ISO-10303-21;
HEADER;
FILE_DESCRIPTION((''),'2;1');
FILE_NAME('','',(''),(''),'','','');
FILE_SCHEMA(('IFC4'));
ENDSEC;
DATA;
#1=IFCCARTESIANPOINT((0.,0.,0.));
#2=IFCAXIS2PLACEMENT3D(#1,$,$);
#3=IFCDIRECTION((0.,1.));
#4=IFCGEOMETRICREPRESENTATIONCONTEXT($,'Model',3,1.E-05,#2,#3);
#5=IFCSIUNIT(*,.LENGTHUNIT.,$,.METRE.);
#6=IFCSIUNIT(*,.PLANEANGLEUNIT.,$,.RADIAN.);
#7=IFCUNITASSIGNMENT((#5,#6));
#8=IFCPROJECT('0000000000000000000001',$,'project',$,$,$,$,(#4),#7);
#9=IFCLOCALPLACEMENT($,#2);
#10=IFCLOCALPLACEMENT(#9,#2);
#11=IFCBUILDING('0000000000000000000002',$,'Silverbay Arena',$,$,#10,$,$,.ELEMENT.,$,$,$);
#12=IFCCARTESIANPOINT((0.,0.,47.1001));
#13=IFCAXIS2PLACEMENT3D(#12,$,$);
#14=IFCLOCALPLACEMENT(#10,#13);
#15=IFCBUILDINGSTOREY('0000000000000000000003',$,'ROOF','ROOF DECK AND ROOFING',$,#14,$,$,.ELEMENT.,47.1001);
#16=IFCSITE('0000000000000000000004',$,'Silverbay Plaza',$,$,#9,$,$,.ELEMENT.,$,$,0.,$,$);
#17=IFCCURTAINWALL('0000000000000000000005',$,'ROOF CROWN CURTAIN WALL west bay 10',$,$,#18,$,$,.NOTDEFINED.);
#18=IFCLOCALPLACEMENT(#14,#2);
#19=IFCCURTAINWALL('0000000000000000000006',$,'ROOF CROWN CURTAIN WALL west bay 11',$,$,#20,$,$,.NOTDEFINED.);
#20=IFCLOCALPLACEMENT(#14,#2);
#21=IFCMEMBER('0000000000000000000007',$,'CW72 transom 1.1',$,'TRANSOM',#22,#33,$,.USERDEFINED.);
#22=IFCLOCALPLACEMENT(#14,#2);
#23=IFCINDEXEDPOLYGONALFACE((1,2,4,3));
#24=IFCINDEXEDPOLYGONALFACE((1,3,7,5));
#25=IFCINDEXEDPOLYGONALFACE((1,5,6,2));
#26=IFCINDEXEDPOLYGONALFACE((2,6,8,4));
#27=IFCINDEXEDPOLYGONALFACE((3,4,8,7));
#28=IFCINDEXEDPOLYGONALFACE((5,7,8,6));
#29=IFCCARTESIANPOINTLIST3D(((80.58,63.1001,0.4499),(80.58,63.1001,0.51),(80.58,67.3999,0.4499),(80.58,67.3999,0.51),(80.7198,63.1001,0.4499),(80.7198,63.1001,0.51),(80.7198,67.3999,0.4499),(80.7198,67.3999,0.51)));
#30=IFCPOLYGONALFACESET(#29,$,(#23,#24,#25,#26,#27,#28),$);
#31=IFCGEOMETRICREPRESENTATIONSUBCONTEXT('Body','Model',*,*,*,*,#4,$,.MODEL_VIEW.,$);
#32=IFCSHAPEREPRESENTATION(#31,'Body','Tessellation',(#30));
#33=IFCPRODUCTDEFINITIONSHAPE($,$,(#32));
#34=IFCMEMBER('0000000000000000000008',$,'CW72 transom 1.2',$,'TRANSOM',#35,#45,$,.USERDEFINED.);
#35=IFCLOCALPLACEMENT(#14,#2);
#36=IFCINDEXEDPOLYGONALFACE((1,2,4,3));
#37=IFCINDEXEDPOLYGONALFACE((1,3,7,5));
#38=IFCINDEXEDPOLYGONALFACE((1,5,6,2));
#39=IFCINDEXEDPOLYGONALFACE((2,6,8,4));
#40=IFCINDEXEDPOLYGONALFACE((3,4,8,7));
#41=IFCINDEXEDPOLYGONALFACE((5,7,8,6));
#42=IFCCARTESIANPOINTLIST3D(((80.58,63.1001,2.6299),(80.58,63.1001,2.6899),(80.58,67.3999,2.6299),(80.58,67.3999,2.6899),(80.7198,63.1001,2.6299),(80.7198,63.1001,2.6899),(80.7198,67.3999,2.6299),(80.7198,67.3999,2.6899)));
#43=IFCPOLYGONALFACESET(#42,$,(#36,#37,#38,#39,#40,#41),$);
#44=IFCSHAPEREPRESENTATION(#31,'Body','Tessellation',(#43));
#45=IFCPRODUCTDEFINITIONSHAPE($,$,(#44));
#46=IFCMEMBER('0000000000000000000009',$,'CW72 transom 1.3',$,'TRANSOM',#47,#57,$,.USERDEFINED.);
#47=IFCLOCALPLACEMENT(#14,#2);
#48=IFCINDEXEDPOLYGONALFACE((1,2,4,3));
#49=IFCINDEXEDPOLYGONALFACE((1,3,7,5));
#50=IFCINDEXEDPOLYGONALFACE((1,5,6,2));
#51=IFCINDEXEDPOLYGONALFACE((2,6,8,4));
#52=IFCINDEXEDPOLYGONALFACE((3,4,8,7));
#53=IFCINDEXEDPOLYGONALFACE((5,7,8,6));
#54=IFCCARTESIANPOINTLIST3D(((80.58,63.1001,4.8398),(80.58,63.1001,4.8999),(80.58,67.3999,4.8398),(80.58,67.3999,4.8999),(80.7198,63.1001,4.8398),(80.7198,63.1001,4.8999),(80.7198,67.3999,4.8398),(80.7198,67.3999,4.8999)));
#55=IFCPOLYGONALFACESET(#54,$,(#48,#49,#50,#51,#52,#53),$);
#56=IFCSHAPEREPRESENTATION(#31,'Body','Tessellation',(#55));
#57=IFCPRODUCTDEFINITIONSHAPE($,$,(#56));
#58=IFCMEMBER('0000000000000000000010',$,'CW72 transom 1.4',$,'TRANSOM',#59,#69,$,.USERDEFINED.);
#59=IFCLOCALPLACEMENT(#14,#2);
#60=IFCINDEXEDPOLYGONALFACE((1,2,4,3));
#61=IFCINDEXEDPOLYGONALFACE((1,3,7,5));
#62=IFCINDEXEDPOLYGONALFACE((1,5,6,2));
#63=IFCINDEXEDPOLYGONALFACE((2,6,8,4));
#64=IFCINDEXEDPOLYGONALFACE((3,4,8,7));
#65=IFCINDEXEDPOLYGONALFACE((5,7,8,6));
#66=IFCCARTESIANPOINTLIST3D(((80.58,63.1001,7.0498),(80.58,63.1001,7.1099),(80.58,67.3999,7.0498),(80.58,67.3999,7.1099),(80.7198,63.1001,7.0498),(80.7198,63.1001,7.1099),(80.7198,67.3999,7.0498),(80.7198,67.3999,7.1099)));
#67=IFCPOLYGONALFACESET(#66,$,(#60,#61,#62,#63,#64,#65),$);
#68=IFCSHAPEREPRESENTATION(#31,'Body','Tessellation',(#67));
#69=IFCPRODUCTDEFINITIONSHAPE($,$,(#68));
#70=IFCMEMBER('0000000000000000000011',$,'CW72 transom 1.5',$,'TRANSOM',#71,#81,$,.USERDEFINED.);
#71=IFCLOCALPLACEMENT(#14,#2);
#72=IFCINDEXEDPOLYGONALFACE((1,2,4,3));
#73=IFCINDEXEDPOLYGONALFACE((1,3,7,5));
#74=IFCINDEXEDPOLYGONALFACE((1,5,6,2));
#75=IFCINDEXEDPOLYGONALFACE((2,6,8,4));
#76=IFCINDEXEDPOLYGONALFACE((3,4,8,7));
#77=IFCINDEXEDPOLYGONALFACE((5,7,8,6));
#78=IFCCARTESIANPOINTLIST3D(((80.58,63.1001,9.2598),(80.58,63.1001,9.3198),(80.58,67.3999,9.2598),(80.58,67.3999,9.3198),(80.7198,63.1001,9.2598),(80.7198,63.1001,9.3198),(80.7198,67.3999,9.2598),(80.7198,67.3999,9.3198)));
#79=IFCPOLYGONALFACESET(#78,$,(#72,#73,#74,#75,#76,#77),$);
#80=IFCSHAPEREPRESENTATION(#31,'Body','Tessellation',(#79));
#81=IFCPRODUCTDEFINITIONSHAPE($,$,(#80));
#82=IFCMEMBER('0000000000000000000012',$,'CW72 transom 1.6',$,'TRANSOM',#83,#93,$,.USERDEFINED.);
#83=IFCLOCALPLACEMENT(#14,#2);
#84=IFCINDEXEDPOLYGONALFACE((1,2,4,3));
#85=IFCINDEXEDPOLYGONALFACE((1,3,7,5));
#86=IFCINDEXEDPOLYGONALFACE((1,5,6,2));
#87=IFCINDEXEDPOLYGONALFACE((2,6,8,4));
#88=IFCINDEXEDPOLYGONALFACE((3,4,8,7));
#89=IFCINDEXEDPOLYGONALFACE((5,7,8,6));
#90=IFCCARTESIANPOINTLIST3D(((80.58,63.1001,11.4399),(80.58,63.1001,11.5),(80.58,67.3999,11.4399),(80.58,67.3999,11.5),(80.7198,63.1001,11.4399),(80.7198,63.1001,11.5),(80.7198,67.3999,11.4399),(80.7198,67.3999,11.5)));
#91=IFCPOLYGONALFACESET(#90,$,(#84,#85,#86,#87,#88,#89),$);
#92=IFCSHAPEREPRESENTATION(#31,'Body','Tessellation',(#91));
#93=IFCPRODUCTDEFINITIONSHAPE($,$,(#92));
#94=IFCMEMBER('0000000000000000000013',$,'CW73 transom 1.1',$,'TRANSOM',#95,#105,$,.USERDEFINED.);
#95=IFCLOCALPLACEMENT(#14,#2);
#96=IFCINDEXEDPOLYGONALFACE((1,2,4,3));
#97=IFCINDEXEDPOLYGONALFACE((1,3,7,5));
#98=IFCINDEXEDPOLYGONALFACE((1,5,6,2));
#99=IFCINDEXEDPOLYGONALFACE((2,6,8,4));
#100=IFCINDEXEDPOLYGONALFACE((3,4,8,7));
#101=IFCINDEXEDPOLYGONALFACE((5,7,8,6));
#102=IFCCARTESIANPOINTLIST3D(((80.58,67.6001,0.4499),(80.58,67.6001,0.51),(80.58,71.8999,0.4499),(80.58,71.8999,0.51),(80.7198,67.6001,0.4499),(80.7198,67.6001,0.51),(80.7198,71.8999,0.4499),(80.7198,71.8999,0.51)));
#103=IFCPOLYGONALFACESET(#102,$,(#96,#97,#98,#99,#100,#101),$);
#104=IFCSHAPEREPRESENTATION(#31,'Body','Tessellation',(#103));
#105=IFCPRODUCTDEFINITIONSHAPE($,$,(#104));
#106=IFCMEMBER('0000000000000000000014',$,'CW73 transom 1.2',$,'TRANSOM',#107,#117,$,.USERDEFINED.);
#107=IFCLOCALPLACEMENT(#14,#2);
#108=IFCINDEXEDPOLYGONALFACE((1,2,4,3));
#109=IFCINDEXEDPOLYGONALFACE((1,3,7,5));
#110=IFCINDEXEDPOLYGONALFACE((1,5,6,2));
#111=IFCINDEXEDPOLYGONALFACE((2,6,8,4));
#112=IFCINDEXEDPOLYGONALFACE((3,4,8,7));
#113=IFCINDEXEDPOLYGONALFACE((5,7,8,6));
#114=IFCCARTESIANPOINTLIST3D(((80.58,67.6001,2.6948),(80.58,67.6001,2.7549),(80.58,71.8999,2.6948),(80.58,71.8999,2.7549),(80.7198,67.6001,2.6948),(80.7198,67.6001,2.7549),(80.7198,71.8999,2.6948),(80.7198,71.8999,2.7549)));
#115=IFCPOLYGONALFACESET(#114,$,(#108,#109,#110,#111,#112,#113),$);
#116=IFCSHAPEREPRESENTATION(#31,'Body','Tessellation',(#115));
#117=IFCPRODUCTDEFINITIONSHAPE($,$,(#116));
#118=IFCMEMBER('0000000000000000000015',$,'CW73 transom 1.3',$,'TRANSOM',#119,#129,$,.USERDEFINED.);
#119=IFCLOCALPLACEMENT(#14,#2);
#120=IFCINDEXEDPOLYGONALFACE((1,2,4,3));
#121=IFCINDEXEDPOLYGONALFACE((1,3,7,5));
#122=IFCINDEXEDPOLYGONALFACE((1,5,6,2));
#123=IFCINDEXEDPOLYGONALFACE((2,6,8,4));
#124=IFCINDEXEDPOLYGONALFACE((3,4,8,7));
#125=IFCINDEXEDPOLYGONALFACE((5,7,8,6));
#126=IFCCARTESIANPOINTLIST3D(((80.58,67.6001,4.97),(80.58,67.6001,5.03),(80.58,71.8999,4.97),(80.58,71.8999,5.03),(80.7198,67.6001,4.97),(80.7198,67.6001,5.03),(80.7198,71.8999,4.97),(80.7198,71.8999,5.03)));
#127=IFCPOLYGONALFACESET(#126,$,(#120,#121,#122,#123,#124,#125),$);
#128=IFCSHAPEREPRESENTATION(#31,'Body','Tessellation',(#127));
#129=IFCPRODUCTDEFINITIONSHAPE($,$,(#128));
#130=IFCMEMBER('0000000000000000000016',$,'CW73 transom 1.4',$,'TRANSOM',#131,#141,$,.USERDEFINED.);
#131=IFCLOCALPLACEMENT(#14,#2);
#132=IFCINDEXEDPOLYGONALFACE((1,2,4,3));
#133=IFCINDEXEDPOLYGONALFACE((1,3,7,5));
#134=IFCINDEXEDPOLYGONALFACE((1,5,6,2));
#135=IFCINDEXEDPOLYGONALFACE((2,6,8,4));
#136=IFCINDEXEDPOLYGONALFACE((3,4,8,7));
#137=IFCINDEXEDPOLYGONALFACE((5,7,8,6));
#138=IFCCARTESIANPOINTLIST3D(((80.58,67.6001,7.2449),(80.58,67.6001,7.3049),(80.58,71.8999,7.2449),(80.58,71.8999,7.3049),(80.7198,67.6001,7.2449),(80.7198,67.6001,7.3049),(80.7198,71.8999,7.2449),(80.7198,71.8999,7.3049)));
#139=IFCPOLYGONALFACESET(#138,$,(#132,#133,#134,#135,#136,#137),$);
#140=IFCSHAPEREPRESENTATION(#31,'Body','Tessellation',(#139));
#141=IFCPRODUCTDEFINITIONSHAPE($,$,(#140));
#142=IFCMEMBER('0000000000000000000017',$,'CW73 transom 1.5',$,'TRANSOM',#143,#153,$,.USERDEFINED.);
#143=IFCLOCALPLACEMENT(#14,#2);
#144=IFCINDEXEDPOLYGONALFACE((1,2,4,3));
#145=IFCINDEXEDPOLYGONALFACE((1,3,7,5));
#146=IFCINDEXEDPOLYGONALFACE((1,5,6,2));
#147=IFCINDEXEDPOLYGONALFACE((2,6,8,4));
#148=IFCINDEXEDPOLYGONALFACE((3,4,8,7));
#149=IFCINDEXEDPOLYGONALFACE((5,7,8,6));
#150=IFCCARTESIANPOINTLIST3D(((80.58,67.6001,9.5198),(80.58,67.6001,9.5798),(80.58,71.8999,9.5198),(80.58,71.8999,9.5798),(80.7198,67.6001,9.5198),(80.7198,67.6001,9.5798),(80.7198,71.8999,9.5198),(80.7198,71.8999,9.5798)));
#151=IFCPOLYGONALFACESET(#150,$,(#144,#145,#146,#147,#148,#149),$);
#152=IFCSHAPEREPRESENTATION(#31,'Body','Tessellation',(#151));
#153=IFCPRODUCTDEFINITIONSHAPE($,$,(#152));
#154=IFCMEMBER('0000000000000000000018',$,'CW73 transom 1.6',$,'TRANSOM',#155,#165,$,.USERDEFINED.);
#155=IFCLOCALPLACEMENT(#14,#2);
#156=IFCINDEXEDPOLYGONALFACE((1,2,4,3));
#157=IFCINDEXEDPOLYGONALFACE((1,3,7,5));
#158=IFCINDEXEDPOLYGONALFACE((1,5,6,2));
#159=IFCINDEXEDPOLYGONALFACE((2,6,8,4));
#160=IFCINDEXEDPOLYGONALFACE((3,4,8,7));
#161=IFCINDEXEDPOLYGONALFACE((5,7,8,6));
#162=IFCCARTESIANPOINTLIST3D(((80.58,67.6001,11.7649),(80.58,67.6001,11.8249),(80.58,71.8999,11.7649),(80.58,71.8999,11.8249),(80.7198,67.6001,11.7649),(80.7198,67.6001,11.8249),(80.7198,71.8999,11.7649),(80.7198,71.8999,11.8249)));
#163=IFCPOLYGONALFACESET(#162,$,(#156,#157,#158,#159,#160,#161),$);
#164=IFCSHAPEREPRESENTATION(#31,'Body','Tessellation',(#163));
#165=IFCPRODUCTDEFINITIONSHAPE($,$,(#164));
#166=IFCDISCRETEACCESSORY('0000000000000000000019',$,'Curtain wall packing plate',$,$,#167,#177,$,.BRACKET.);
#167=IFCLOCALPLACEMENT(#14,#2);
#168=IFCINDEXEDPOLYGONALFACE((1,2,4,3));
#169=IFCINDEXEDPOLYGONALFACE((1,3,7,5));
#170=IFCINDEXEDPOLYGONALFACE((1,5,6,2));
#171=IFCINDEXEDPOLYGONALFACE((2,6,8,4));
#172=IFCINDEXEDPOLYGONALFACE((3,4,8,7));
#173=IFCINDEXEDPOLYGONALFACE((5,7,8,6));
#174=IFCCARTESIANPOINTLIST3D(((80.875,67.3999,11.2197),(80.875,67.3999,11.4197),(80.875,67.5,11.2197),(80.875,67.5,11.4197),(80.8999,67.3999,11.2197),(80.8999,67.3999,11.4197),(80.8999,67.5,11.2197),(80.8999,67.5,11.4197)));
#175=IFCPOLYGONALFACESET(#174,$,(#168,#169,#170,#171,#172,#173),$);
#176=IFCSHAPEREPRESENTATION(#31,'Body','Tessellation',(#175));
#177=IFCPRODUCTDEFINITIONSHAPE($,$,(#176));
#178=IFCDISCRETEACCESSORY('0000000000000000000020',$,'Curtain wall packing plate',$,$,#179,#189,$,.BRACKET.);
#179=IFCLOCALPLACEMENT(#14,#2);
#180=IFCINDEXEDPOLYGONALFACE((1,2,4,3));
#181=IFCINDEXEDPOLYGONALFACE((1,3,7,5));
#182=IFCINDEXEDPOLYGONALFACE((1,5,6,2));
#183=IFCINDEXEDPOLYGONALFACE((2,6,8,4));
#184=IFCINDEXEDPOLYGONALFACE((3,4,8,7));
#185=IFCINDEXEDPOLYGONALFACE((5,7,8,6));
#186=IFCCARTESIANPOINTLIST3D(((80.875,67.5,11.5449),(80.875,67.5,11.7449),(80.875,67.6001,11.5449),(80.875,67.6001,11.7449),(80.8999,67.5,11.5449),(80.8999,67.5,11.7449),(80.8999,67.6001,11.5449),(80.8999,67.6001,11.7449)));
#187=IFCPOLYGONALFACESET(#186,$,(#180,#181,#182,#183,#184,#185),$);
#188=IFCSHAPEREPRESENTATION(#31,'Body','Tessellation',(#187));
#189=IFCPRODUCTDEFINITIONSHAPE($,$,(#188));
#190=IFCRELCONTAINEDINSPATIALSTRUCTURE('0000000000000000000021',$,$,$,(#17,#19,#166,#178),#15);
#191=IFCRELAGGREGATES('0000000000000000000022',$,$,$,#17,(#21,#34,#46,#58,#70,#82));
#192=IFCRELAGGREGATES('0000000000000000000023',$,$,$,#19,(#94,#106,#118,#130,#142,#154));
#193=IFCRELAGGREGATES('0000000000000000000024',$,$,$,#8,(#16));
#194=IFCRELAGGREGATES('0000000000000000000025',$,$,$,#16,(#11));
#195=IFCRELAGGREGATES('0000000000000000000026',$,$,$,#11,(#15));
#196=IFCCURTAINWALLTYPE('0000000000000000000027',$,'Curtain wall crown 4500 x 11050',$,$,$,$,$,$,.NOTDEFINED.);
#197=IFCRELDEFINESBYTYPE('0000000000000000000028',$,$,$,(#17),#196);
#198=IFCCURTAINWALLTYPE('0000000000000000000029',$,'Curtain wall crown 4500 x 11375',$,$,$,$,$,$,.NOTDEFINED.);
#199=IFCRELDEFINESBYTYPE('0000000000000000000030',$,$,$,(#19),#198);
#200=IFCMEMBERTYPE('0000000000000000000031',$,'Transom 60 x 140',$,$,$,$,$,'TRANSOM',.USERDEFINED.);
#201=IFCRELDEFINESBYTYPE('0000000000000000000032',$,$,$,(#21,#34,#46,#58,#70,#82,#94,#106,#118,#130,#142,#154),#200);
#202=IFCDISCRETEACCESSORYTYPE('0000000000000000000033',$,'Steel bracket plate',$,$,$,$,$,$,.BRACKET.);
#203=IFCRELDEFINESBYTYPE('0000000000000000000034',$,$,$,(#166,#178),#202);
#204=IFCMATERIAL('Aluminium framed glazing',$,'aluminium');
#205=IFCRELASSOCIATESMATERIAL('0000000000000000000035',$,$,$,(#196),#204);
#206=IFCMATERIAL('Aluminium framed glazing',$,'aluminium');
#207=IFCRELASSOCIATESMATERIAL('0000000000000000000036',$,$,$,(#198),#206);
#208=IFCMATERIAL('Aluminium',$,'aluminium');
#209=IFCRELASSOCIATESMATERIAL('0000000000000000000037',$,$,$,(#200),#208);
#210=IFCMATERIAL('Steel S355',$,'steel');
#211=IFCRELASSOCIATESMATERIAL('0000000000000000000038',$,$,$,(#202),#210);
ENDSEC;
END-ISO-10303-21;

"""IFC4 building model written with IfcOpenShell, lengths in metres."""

from ifc_helpers import new_model, si_unit, direction, frame, origin, origin_2d, place, context, subcontext, project, spatial, rectangle, extrude, material, material_profile, profile_set, type_object, element, aggregate, save


model = new_model("IFC4")

# Units and contexts
model_context = context("Model", 3, precision=1e-05, world=origin(), true_north=direction((0.0, 1.0)))
body_context = subcontext(model_context, "Body", "Model", "MODEL_VIEW")
ifc_project = project(units=[si_unit("LENGTHUNIT", "METRE"), si_unit("PLANEANGLEUNIT", "RADIAN")], contexts=[model_context])

# Site, building, storey
site_placement = place(None, origin())
site = spatial("IfcSite", under=ifc_project, at=site_placement, Name="Silverbay Plaza", CompositionType="ELEMENT", RefElevation=0.0)
building_placement = place(site_placement, origin())
building = spatial("IfcBuilding", under=site, at=building_placement, Name="Silverbay Arena", CompositionType="ELEMENT")
storey_placement = place(building_placement, frame((0.0, 0.0, 47.1001)))
storey = spatial("IfcBuildingStorey", under=building, at=storey_placement, Name="ROOF", Description="ROOF DECK AND ROOFING", CompositionType="ELEMENT", Elevation=47.1001)

# Shared definitions
placement = place(building_placement, frame((0.0, 0.0, 33.5)))

# Curtain walls
ifc_material_1 = material(Name="Aluminium framed glazing", Category="aluminium")
curtain_wall_type_1 = type_object("IfcCurtainWallType", Name="Curtain wall crown 4500 x 11050", PredefinedType="NOTDEFINED", material=ifc_material_1)
curtain_wall_1_placement = place(storey_placement, origin())
curtain_wall_1 = element("IfcCurtainWall", 1, at=curtain_wall_1_placement, inside=storey, type_object=curtain_wall_type_1, Name="ROOF CROWN CURTAIN WALL west bay 10", PredefinedType="NOTDEFINED")
ifc_material_2 = material(Name="Aluminium framed glazing", Category="aluminium")
curtain_wall_type_2 = type_object("IfcCurtainWallType", Name="Curtain wall crown 4500 x 11375", PredefinedType="NOTDEFINED", material=ifc_material_2)
curtain_wall_2_placement = place(storey_placement, origin())
curtain_wall_2 = element("IfcCurtainWall", 2, at=curtain_wall_2_placement, inside=storey, type_object=curtain_wall_type_2, Name="ROOF CROWN CURTAIN WALL west bay 11", PredefinedType="NOTDEFINED")

# Members
ifc_material_3 = material(Name="Aluminium", Category="aluminium")
ifc_material_profile_1 = material_profile(ifc_material_3, rectangle(XDim=0.1399, YDim=0.0601, at=origin_2d()), Name="Transom 60 x 140")
ifc_profile_set_1 = profile_set([ifc_material_profile_1], Name="Aluminium")
member_type_1 = type_object("IfcMemberType", Name="Transom 60 x 140", ElementType="TRANSOM", PredefinedType="USERDEFINED", material=ifc_profile_set_1)
member_1_placement = place(placement, frame((80.6499, 63.1001, 14.0801), z_axis=(0.0, 1.0, 0.0), x_axis=(-1.0, 0.0, 0.0)))
member_1 = element("IfcMember", 3, at=member_1_placement, type_object=member_type_1, Name="CW72 transom 1.1", ObjectType="TRANSOM", PredefinedType="USERDEFINED", context=body_context, shape_type="SweptSolid", body=[
    extrude(rectangle(XDim=0.1399, YDim=0.0601, at=origin_2d()), origin(), (0.0, 0.0, 1.0), 4.2998),
])
member_2_placement = place(placement, frame((80.6499, 63.1001, 16.26), z_axis=(0.0, 1.0, 0.0), x_axis=(-1.0, 0.0, 0.0)))
member_2 = element("IfcMember", 4, at=member_2_placement, type_object=member_type_1, Name="CW72 transom 1.2", ObjectType="TRANSOM", PredefinedType="USERDEFINED", context=body_context, shape_type="SweptSolid", body=[
    extrude(rectangle(XDim=0.1399, YDim=0.0601, at=origin_2d()), origin(), (0.0, 0.0, 1.0), 4.2998),
])
member_3_placement = place(placement, frame((80.6499, 63.1001, 18.47), z_axis=(0.0, 1.0, 0.0), x_axis=(-1.0, 0.0, 0.0)))
member_3 = element("IfcMember", 5, at=member_3_placement, type_object=member_type_1, Name="CW72 transom 1.3", ObjectType="TRANSOM", PredefinedType="USERDEFINED", context=body_context, shape_type="SweptSolid", body=[
    extrude(rectangle(XDim=0.1399, YDim=0.0601, at=origin_2d()), origin(), (0.0, 0.0, 1.0), 4.2998),
])
member_4_placement = place(placement, frame((80.6499, 63.1001, 20.6799), z_axis=(0.0, 1.0, 0.0), x_axis=(-1.0, 0.0, 0.0)))
member_4 = element("IfcMember", 6, at=member_4_placement, type_object=member_type_1, Name="CW72 transom 1.4", ObjectType="TRANSOM", PredefinedType="USERDEFINED", context=body_context, shape_type="SweptSolid", body=[
    extrude(rectangle(XDim=0.1399, YDim=0.0601, at=origin_2d()), origin(), (0.0, 0.0, 1.0), 4.2998),
])
member_5_placement = place(placement, frame((80.6499, 63.1001, 22.8899), z_axis=(0.0, 1.0, 0.0), x_axis=(-1.0, 0.0, 0.0)))
member_5 = element("IfcMember", 7, at=member_5_placement, type_object=member_type_1, Name="CW72 transom 1.5", ObjectType="TRANSOM", PredefinedType="USERDEFINED", context=body_context, shape_type="SweptSolid", body=[
    extrude(rectangle(XDim=0.1399, YDim=0.0601, at=origin_2d()), origin(), (0.0, 0.0, 1.0), 4.2998),
])
member_6_placement = place(placement, frame((80.6499, 63.1001, 25.0701), z_axis=(0.0, 1.0, 0.0), x_axis=(-1.0, 0.0, 0.0)))
member_6 = element("IfcMember", 8, at=member_6_placement, type_object=member_type_1, Name="CW72 transom 1.6", ObjectType="TRANSOM", PredefinedType="USERDEFINED", context=body_context, shape_type="SweptSolid", body=[
    extrude(rectangle(XDim=0.1399, YDim=0.0601, at=origin_2d()), origin(), (0.0, 0.0, 1.0), 4.2998),
])
member_7_placement = place(placement, frame((80.6499, 67.6001, 14.0801), z_axis=(0.0, 1.0, 0.0), x_axis=(-1.0, 0.0, 0.0)))
member_7 = element("IfcMember", 9, at=member_7_placement, type_object=member_type_1, Name="CW73 transom 1.1", ObjectType="TRANSOM", PredefinedType="USERDEFINED", context=body_context, shape_type="SweptSolid", body=[
    extrude(rectangle(XDim=0.1399, YDim=0.0601, at=origin_2d()), origin(), (0.0, 0.0, 1.0), 4.2998),
])
member_8_placement = place(placement, frame((80.6499, 67.6001, 16.325), z_axis=(0.0, 1.0, 0.0), x_axis=(-1.0, 0.0, 0.0)))
member_8 = element("IfcMember", 10, at=member_8_placement, type_object=member_type_1, Name="CW73 transom 1.2", ObjectType="TRANSOM", PredefinedType="USERDEFINED", context=body_context, shape_type="SweptSolid", body=[
    extrude(rectangle(XDim=0.1399, YDim=0.0601, at=origin_2d()), origin(), (0.0, 0.0, 1.0), 4.2998),
])
member_9_placement = place(placement, frame((80.6499, 67.6001, 18.6001), z_axis=(0.0, 1.0, 0.0), x_axis=(-1.0, 0.0, 0.0)))
member_9 = element("IfcMember", 11, at=member_9_placement, type_object=member_type_1, Name="CW73 transom 1.3", ObjectType="TRANSOM", PredefinedType="USERDEFINED", context=body_context, shape_type="SweptSolid", body=[
    extrude(rectangle(XDim=0.1399, YDim=0.0601, at=origin_2d()), origin(), (0.0, 0.0, 1.0), 4.2998),
])
member_10_placement = place(placement, frame((80.6499, 67.6001, 20.875), z_axis=(0.0, 1.0, 0.0), x_axis=(-1.0, 0.0, 0.0)))
member_10 = element("IfcMember", 12, at=member_10_placement, type_object=member_type_1, Name="CW73 transom 1.4", ObjectType="TRANSOM", PredefinedType="USERDEFINED", context=body_context, shape_type="SweptSolid", body=[
    extrude(rectangle(XDim=0.1399, YDim=0.0601, at=origin_2d()), origin(), (0.0, 0.0, 1.0), 4.2998),
])
member_11_placement = place(placement, frame((80.6499, 67.6001, 23.1499), z_axis=(0.0, 1.0, 0.0), x_axis=(-1.0, 0.0, 0.0)))
member_11 = element("IfcMember", 13, at=member_11_placement, type_object=member_type_1, Name="CW73 transom 1.5", ObjectType="TRANSOM", PredefinedType="USERDEFINED", context=body_context, shape_type="SweptSolid", body=[
    extrude(rectangle(XDim=0.1399, YDim=0.0601, at=origin_2d()), origin(), (0.0, 0.0, 1.0), 4.2998),
])
member_12_placement = place(placement, frame((80.6499, 67.6001, 25.395), z_axis=(0.0, 1.0, 0.0), x_axis=(-1.0, 0.0, 0.0)))
member_12 = element("IfcMember", 14, at=member_12_placement, type_object=member_type_1, Name="CW73 transom 1.6", ObjectType="TRANSOM", PredefinedType="USERDEFINED", context=body_context, shape_type="SweptSolid", body=[
    extrude(rectangle(XDim=0.1399, YDim=0.0601, at=origin_2d()), origin(), (0.0, 0.0, 1.0), 4.2998),
])

aggregate(curtain_wall_1, [member_1, member_2, member_3, member_4, member_5, member_6])
aggregate(curtain_wall_2, [member_7, member_8, member_9, member_10, member_11, member_12])

# Discrete accessories
ifc_material_4 = material(Name="Steel S355", Category="steel")
discrete_accessory_type = type_object("IfcDiscreteAccessoryType", Name="Steel bracket plate", PredefinedType="BRACKET", material=ifc_material_4)
for number, where, z_axis, x_axis, name in (
    (15, (80.8875, 67.45, 11.2197), (0.0, 0.0, 1.0), (1.0, 0.0, 0.0), "Curtain wall packing plate"),
    (16, (80.8875, 67.55, 11.5449), (0.0, 0.0, 1.0), (1.0, 0.0, 0.0), "Curtain wall packing plate"),
):
    element("IfcDiscreteAccessory", number, at=place(storey_placement, frame(where, z_axis=z_axis, x_axis=x_axis)), inside=storey, type_object=discrete_accessory_type, Name=name, PredefinedType="BRACKET", context=body_context, shape_type="SweptSolid", body=[
        extrude(rectangle(XDim=0.0249, YDim=0.1001, at=origin_2d()), origin(), (0.0, 0.0, 1.0), 0.2),
    ])

save(model, "model.ifc")
